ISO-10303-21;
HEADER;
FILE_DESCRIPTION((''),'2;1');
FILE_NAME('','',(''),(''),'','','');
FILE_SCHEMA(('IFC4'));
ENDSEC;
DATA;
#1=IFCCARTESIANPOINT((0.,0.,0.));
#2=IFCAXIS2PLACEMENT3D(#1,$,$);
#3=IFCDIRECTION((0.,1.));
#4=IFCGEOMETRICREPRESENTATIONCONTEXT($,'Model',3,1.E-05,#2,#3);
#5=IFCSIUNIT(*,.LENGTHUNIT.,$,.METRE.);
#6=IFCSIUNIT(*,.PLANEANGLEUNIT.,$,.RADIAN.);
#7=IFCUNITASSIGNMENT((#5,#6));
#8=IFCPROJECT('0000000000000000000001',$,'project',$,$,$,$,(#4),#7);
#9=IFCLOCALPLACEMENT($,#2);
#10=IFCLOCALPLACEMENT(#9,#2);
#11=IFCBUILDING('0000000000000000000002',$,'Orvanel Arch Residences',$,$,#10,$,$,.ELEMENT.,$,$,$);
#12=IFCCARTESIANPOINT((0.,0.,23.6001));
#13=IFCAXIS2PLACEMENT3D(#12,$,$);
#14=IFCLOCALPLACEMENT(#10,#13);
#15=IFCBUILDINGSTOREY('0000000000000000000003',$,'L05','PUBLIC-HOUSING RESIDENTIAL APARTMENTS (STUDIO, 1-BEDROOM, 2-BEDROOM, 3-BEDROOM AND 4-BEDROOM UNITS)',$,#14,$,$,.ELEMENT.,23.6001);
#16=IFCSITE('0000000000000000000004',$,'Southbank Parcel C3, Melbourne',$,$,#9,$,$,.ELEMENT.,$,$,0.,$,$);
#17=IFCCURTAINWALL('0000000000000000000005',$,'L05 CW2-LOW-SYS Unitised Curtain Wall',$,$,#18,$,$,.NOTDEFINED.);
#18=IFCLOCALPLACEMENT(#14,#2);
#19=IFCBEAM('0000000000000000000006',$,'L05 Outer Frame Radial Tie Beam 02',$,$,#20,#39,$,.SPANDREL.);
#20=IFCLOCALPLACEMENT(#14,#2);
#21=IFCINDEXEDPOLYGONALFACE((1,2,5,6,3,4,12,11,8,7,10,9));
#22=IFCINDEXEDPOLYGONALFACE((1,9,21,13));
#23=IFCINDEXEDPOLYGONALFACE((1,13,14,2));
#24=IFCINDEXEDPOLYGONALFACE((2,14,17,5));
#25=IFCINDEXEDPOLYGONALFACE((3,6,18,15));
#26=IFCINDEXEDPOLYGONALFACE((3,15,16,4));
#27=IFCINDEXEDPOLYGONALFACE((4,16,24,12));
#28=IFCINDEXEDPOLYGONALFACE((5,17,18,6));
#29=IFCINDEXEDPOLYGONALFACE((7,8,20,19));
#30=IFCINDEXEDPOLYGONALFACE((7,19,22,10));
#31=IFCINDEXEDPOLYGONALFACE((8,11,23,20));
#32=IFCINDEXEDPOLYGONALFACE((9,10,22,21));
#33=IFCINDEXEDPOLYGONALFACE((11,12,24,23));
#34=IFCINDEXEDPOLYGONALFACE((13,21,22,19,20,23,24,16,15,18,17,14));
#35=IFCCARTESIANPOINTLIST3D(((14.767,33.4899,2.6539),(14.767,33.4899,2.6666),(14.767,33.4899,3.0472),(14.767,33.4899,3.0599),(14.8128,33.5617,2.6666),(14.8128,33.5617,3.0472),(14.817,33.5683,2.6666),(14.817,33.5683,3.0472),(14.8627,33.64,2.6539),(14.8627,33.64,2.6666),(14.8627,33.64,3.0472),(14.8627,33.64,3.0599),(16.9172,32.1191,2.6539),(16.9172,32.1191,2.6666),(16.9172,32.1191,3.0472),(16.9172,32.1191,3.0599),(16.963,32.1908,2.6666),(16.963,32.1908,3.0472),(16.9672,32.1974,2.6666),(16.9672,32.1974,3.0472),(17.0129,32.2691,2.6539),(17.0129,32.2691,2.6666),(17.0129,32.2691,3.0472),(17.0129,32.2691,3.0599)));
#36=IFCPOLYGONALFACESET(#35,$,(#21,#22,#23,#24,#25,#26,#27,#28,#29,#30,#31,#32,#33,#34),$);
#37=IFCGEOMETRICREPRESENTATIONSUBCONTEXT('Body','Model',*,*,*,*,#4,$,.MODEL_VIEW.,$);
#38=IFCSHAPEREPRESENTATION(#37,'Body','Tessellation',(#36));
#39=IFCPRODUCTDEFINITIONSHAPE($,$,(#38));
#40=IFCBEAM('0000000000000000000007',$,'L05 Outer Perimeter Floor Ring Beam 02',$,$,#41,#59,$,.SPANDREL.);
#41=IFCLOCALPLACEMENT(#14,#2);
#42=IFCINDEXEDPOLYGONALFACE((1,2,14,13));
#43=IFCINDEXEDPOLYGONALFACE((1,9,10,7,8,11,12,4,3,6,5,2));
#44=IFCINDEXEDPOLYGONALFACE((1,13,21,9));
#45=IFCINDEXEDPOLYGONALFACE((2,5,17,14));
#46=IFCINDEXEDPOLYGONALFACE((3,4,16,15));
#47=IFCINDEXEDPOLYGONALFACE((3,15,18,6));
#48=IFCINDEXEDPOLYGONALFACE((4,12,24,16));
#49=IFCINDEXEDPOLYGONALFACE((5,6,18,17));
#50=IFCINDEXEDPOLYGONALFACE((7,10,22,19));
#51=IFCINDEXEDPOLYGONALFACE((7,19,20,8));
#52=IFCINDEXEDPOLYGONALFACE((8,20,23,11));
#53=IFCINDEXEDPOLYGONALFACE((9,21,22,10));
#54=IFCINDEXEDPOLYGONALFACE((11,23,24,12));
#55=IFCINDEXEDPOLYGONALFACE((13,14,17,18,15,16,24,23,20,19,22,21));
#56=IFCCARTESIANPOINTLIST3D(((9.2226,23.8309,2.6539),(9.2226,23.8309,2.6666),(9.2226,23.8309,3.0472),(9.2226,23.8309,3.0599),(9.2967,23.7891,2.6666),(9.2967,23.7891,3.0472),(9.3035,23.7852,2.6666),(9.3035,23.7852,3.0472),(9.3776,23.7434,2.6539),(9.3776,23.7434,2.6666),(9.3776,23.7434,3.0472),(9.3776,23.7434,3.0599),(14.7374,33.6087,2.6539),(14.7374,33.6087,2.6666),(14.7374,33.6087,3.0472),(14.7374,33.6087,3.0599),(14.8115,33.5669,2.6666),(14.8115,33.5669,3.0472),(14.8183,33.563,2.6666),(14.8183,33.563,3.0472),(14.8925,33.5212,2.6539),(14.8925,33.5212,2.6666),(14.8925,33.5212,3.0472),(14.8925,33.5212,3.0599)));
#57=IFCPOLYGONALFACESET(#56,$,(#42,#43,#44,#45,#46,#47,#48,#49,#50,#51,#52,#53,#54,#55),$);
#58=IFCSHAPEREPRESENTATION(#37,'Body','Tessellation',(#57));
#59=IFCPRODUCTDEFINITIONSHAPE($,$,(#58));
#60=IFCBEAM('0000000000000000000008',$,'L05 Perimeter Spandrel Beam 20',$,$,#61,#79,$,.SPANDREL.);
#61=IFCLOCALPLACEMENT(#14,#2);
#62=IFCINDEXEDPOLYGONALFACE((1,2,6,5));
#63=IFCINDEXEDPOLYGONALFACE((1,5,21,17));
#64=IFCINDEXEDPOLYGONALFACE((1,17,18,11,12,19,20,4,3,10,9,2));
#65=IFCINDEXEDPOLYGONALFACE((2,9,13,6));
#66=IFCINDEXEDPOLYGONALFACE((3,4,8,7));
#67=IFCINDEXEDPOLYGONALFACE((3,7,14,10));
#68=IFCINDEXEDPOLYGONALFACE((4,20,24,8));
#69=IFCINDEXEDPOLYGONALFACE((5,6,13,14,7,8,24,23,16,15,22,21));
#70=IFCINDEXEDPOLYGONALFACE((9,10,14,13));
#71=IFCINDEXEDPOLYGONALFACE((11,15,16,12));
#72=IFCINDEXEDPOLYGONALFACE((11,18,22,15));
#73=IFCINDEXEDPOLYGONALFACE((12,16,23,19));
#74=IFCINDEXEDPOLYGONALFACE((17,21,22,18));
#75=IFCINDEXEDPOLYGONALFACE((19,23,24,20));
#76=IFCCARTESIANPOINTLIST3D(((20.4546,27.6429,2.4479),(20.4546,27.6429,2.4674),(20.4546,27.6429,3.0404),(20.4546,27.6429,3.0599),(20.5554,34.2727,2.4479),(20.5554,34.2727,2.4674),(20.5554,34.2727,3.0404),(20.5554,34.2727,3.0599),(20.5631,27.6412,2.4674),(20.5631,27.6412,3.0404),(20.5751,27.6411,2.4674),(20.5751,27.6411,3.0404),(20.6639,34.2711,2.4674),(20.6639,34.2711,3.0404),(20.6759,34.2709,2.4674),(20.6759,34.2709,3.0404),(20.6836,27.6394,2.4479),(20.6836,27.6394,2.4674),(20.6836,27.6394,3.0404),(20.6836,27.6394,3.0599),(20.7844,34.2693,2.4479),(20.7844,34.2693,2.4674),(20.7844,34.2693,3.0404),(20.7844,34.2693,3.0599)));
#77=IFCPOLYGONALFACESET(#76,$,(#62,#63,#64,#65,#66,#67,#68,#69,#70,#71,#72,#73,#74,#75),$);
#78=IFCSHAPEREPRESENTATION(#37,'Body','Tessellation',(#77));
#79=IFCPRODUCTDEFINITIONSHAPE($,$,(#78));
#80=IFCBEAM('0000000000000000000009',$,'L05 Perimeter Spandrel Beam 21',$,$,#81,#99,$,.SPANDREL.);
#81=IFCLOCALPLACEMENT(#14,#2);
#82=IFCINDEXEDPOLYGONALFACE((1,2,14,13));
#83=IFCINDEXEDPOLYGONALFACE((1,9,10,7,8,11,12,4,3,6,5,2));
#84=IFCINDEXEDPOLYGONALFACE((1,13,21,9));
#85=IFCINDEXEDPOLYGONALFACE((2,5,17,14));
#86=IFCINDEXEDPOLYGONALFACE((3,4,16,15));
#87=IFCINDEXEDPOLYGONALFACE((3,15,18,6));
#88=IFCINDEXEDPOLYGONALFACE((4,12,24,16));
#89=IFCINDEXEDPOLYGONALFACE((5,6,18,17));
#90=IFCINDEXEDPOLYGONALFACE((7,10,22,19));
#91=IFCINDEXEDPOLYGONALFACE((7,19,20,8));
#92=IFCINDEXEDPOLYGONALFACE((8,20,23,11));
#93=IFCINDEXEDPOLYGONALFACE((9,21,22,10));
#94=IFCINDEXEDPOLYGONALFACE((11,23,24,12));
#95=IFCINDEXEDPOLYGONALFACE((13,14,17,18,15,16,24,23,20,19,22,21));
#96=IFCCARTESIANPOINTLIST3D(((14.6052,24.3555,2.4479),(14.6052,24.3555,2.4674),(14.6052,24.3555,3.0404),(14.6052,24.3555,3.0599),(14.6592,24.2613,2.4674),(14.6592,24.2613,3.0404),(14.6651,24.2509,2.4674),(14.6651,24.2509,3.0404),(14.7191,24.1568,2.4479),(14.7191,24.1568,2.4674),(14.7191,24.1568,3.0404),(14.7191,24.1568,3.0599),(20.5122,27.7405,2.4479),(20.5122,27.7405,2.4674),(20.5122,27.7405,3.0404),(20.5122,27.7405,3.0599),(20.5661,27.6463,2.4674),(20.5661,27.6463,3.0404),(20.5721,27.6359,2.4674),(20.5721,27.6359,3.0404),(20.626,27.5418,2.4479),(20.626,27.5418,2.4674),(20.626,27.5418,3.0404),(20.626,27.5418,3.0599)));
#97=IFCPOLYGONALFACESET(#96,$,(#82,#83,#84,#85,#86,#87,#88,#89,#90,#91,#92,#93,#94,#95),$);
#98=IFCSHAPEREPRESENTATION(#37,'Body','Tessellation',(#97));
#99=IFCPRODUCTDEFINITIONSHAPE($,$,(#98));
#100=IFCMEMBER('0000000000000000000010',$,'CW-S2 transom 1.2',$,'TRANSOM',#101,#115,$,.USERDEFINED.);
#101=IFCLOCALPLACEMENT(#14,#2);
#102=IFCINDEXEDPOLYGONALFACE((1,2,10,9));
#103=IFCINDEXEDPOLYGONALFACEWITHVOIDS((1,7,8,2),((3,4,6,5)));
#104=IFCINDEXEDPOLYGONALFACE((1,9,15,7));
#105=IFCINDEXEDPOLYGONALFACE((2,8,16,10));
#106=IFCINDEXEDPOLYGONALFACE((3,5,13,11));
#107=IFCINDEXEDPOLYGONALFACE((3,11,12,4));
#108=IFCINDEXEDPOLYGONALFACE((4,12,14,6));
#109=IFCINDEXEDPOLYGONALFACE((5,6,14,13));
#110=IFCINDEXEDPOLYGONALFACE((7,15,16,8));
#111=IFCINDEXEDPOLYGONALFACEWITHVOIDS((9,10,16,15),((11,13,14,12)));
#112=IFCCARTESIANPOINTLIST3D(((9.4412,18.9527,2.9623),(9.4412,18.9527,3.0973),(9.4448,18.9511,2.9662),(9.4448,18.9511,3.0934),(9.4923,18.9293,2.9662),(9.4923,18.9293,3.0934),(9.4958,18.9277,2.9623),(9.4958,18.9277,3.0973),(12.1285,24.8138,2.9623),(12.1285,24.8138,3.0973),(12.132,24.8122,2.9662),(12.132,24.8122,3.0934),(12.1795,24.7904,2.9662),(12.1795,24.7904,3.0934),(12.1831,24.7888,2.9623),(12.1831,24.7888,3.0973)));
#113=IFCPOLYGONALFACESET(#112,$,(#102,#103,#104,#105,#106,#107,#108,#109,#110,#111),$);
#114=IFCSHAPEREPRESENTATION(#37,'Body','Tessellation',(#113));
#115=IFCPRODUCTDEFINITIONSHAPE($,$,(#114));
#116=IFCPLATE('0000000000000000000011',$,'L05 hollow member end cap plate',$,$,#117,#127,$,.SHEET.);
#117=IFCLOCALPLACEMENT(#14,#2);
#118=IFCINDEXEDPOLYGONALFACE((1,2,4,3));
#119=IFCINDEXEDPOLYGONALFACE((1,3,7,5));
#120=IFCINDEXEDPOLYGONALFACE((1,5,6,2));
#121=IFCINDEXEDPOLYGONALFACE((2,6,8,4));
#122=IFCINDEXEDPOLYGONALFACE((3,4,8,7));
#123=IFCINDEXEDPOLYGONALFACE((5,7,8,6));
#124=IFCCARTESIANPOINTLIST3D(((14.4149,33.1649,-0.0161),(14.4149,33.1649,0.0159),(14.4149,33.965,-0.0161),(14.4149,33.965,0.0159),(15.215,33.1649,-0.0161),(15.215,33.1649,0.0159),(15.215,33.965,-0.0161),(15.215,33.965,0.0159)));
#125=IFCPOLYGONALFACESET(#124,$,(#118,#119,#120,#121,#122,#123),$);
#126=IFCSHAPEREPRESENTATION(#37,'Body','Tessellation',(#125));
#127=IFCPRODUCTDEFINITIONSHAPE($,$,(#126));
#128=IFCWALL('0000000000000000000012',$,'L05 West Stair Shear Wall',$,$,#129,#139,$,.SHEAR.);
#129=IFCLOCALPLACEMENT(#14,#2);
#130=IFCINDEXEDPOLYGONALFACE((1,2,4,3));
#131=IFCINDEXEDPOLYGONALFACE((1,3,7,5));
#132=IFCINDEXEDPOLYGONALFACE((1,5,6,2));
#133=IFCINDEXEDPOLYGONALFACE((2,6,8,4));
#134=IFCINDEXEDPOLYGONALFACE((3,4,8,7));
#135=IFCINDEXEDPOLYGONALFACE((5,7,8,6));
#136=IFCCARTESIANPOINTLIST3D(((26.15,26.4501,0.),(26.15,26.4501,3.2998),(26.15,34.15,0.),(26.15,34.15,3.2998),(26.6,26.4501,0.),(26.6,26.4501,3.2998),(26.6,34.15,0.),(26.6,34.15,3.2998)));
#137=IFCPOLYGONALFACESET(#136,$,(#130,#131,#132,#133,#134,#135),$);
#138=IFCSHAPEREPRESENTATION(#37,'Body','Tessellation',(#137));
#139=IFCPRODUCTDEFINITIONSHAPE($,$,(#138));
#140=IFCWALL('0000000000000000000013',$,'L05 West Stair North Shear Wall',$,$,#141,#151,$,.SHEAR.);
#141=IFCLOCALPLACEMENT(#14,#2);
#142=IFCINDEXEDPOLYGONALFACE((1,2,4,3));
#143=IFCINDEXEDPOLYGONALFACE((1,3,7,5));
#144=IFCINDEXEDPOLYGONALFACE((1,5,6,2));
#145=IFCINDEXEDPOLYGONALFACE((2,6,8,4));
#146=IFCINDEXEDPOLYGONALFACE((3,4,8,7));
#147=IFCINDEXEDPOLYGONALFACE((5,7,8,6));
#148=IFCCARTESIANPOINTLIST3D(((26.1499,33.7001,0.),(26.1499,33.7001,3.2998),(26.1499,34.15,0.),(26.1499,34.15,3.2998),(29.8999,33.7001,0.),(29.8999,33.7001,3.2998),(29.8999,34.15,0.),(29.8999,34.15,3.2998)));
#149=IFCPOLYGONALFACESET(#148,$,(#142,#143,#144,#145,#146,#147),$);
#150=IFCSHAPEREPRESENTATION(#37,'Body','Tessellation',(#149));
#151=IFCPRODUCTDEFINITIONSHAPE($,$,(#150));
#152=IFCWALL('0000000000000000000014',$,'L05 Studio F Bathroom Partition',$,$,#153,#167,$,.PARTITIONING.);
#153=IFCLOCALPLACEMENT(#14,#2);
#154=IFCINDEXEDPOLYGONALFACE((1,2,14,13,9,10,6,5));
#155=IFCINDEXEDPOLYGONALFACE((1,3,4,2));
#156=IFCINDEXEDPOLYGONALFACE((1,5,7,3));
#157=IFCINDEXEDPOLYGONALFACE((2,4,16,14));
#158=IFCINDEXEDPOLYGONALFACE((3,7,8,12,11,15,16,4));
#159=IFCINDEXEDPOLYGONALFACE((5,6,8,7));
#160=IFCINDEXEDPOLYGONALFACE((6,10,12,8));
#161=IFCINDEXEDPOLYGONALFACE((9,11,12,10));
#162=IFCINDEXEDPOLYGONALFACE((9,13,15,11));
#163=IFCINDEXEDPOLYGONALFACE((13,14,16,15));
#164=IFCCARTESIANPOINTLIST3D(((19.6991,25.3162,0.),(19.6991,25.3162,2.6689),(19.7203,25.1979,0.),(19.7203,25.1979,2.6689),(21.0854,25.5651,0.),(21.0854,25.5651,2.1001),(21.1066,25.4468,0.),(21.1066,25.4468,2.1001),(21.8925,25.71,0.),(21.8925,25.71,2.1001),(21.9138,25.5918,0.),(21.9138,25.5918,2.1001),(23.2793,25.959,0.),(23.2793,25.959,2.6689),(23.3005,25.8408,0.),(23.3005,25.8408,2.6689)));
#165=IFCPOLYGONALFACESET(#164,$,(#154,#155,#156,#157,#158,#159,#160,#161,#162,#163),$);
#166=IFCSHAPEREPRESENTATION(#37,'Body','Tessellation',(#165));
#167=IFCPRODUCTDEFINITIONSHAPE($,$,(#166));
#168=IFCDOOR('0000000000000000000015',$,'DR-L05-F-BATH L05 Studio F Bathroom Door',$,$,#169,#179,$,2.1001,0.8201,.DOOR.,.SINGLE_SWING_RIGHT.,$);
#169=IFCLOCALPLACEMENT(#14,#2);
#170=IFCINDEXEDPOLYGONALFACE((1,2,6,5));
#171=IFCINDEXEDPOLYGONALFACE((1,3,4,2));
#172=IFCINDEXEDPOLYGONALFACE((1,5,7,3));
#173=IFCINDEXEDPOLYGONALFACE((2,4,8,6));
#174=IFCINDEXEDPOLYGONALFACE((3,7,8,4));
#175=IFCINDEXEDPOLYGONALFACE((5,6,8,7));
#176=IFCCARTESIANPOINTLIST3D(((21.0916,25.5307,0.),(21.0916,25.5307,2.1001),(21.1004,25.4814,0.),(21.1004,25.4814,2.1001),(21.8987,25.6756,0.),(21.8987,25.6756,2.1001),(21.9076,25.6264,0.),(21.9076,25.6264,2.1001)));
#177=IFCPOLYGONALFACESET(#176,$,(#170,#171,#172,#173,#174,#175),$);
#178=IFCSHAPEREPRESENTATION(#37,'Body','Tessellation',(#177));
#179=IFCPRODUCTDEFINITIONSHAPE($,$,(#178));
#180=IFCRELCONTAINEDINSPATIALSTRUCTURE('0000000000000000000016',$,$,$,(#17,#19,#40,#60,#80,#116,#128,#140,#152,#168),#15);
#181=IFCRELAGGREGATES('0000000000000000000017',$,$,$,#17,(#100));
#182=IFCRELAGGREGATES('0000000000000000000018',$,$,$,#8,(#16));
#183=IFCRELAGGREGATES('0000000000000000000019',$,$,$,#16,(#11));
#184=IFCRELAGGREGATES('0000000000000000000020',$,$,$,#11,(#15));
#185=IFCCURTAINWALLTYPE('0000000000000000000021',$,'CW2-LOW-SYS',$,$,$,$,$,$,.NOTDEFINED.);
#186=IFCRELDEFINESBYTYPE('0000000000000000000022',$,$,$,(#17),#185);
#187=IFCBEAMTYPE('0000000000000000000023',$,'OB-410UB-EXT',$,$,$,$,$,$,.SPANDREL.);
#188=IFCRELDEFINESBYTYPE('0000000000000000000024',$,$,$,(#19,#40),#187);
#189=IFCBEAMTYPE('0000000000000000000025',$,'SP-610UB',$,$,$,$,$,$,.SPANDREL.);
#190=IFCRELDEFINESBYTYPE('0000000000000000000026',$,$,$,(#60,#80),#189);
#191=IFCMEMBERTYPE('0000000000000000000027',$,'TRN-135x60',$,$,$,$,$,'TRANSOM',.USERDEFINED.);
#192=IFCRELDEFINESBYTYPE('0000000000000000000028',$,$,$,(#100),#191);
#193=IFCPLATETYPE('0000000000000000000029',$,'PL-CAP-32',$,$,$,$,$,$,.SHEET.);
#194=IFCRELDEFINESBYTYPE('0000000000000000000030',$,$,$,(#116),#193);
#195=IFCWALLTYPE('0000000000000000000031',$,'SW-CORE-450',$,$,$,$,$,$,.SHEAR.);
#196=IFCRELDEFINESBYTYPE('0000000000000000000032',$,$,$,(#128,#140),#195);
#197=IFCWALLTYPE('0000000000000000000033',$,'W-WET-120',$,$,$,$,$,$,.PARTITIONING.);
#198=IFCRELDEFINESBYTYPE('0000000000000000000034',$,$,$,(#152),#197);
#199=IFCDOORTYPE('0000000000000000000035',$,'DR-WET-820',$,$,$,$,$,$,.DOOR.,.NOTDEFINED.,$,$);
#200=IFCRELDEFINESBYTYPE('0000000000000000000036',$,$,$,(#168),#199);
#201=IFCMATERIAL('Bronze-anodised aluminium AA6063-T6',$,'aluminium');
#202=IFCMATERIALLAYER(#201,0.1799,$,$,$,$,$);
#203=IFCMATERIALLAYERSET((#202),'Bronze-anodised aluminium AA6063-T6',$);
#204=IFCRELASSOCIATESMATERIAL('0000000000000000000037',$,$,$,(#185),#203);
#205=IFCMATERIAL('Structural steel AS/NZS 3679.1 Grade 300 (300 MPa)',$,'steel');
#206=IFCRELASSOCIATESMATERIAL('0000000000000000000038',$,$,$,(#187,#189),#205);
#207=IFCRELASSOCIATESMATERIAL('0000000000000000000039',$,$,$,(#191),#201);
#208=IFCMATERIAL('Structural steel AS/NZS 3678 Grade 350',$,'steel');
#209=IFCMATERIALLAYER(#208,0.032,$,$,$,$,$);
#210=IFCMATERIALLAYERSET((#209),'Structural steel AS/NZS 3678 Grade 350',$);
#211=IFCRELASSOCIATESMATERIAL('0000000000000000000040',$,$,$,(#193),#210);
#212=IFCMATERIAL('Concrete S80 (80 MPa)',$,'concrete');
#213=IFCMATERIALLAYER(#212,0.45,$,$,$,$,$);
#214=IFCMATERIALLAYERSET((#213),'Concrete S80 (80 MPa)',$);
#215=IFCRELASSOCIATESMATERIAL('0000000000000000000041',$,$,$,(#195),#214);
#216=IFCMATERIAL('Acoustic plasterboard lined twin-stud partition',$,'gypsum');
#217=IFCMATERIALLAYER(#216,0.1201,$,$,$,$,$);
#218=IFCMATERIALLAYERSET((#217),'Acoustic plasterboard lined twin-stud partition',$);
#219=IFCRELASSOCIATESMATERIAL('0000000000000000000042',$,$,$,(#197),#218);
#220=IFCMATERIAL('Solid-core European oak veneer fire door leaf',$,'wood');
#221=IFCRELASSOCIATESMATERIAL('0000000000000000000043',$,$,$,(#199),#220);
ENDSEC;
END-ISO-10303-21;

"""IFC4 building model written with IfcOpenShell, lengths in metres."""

from ifc_helpers import new_model, si_unit, direction, frame, frame_2d, origin, origin_2d, place, context, subcontext, project, spatial, rectangle, hollow_rectangle, i_section, extrude, material, layer, layer_set, material_profile, profile_set, type_object, element, fill, aggregate, save


model = new_model("IFC4")

# Units and contexts
model_context = context("Model", 3, precision=1e-05, world=origin(), true_north=direction((0.0, 1.0)))
body_context = subcontext(model_context, "Body", "Model", "MODEL_VIEW")
ifc_project = project(units=[si_unit("LENGTHUNIT", "METRE"), si_unit("PLANEANGLEUNIT", "RADIAN")], contexts=[model_context])

# Site, building, storey
site_placement = place(None, origin())
site = spatial("IfcSite", under=ifc_project, at=site_placement, Name="Southbank Parcel C3, Melbourne", CompositionType="ELEMENT", RefElevation=0.0)
building_placement = place(site_placement, origin())
building = spatial("IfcBuilding", under=site, at=building_placement, Name="Orvanel Arch Residences", CompositionType="ELEMENT")
storey_placement = place(building_placement, frame((0.0, 0.0, 23.6001)))
storey = spatial("IfcBuildingStorey", under=building, at=storey_placement, Name="L05", Description="PUBLIC-HOUSING RESIDENTIAL APARTMENTS (STUDIO, 1-BEDROOM, 2-BEDROOM, 3-BEDROOM AND 4-BEDROOM UNITS)", CompositionType="ELEMENT", Elevation=23.6001)

# Shared definitions
ifc_material_1 = material(Name="Structural steel AS/NZS 3679.1 Grade 300 (300 MPa)", Category="steel")

# Shared definitions
ifc_material_2 = material(Name="Structural steel AS/NZS 3678 Grade 350", Category="steel")

# Curtain wall
ifc_material_3 = material(Name="Bronze-anodised aluminium AA6063-T6", Category="aluminium")
ifc_layer_1 = layer(ifc_material_3, 0.1799)
ifc_layer_set_1 = layer_set([ifc_layer_1], Name="Bronze-anodised aluminium AA6063-T6")
curtain_wall_type = type_object("IfcCurtainWallType", Name="CW2-LOW-SYS", PredefinedType="NOTDEFINED", material=ifc_layer_set_1)
curtain_wall_placement = place(storey_placement, origin())
curtain_wall = element("IfcCurtainWall", 1, at=curtain_wall_placement, inside=storey, type_object=curtain_wall_type, Name="L05 CW2-LOW-SYS Unitised Curtain Wall", PredefinedType="NOTDEFINED")

# Beams
ifc_material_profile_1 = material_profile(ifc_material_1, i_section(OverallWidth=0.178, OverallDepth=0.406, WebThickness=0.0078, FlangeThickness=0.0127, at=origin_2d()), Name="410UB59.7")
ifc_profile_set_1 = profile_set([ifc_material_profile_1], Name="Structural steel AS/NZS 3679.1 Grade 300 (300 MPa)")
beam_type_1 = type_object("IfcBeamType", Name="OB-410UB-EXT", PredefinedType="SPANDREL", material=ifc_profile_set_1)
beam_1_placement = place(storey_placement, frame((16.9651, 32.1941, 2.8569), z_axis=(-0.843204, 0.537594, 0.0), x_axis=(-0.537594, -0.843204, 0.0)))
element("IfcBeam", 2, at=beam_1_placement, inside=storey, type_object=beam_type_1, Name="L05 Outer Frame Radial Tie Beam 02", PredefinedType="SPANDREL", context=body_context, shape_type="SweptSolid", body=[
    extrude(i_section(OverallWidth=0.178, OverallDepth=0.406, WebThickness=0.0078, FlangeThickness=0.0127, at=origin_2d()), origin(), (0.0, 0.0, 1.0), 2.55),
])
beam_2_placement = place(storey_placement, frame((14.8149, 33.5649, 2.8569), z_axis=(-0.491267, -0.871009, 0.0), x_axis=(0.871009, -0.491267, 0.0)))
element("IfcBeam", 3, at=beam_2_placement, inside=storey, type_object=beam_type_1, Name="L05 Outer Perimeter Floor Ring Beam 02", PredefinedType="SPANDREL", context=body_context, shape_type="SweptSolid", body=[
    extrude(i_section(OverallWidth=0.178, OverallDepth=0.406, WebThickness=0.0078, FlangeThickness=0.0127, at=origin_2d()), origin(), (0.0, 0.0, 1.0), 11.2258),
])
ifc_material_profile_2 = material_profile(ifc_material_1, i_section(OverallWidth=0.229, OverallDepth=0.6121, WebThickness=0.012, FlangeThickness=0.0195, at=origin_2d()), Name="610UB125")
ifc_profile_set_2 = profile_set([ifc_material_profile_2], Name="Structural steel AS/NZS 3679.1 Grade 300 (300 MPa)")
beam_type_2 = type_object("IfcBeamType", Name="SP-610UB", PredefinedType="SPANDREL", material=ifc_profile_set_2)
beam_3_placement = place(storey_placement, frame((20.6699, 34.271, 2.7539), z_axis=(-0.015207, -0.999884, 0.0), x_axis=(0.999884, -0.015207, 0.0)))
element("IfcBeam", 4, at=beam_3_placement, inside=storey, type_object=beam_type_2, Name="L05 Perimeter Spandrel Beam 20", PredefinedType="SPANDREL", context=body_context, shape_type="SweptSolid", body=[
    extrude(i_section(OverallWidth=0.229, OverallDepth=0.6121, WebThickness=0.012, FlangeThickness=0.0195, at=origin_2d()), origin(), (0.0, 0.0, 1.0), 6.6306),
])
beam_4_placement = place(storey_placement, frame((20.5691, 27.6411, 2.7539), z_axis=(-0.867636, -0.497201, 0.0), x_axis=(0.497201, -0.867636, 0.0)))
element("IfcBeam", 5, at=beam_4_placement, inside=storey, type_object=beam_type_2, Name="L05 Perimeter Spandrel Beam 21", PredefinedType="SPANDREL", context=body_context, shape_type="SweptSolid", body=[
    extrude(i_section(OverallWidth=0.229, OverallDepth=0.6121, WebThickness=0.012, FlangeThickness=0.0195, at=origin_2d()), origin(), (0.0, 0.0, 1.0), 6.8081),
])

# Member
ifc_material_profile_3 = material_profile(ifc_material_3, hollow_rectangle(XDim=0.0601, YDim=0.135, WallThickness=0.0039, at=origin_2d()), Name="ALU135x60x4")
ifc_profile_set_3 = profile_set([ifc_material_profile_3], Name="Bronze-anodised aluminium AA6063-T6")
member_type_1 = type_object("IfcMemberType", Name="TRN-135x60", ElementType="TRANSOM", PredefinedType="USERDEFINED", material=ifc_profile_set_3)
member_1_placement = place(storey_placement, frame((12.1558, 24.8013, 3.0298), z_axis=(-0.416773, -0.90901, 0.0), x_axis=(0.90901, -0.416773, 0.0)))
member_1 = element("IfcMember", 6, at=member_1_placement, type_object=member_type_1, Name="CW-S2 transom 1.2", ObjectType="TRANSOM", PredefinedType="USERDEFINED", context=body_context, shape_type="SweptSolid", body=[
    extrude(hollow_rectangle(XDim=0.0601, YDim=0.135, WallThickness=0.0039, at=origin_2d()), origin(), (0.0, 0.0, 1.0), 6.4478),
])
aggregate(curtain_wall, [member_1])

# Plate
ifc_layer_2 = layer(ifc_material_2, 0.032)
ifc_layer_set_2 = layer_set([ifc_layer_2], Name="Structural steel AS/NZS 3678 Grade 350")
plate_type = type_object("IfcPlateType", Name="PL-CAP-32", PredefinedType="SHEET", material=ifc_layer_set_2)
plate_placement = place(storey_placement, frame((14.8149, 33.5649, -0.0161), z_axis=(0.0, 0.0, 1.0), x_axis=(1.0, 0.0, 0.0)))
element("IfcPlate", 7, at=plate_placement, inside=storey, type_object=plate_type, Name="L05 hollow member end cap plate", PredefinedType="SHEET", context=body_context, shape_type="SweptSolid", body=[
    extrude(rectangle(XDim=0.8, YDim=0.8, at=origin_2d()), origin(), (0.0, 0.0, 1.0), 0.032),
])

# Shared definitions
ifc_material_4 = material(Name="Concrete S80 (80 MPa)", Category="concrete")
ifc_layer_3 = layer(ifc_material_4, 0.45)
ifc_layer_set_3 = layer_set([ifc_layer_3], Name="Concrete S80 (80 MPa)")
wall_type_1 = type_object("IfcWallType", Name="SW-CORE-450", PredefinedType="SHEAR", material=ifc_layer_set_3)

# Walls
wall_1_placement = place(storey_placement, frame((26.375, 26.45, 0.0), z_axis=(0.0, 0.0, 1.0), x_axis=(0.0, 1.0, 0.0)))
element("IfcWall", 8, at=wall_1_placement, inside=storey, type_object=wall_type_1, Name="L05 West Stair Shear Wall", PredefinedType="SHEAR", context=body_context, shape_type="SweptSolid", body=[
    extrude(rectangle(XDim=7.7, YDim=0.45, at=frame_2d((3.8501, 0.0))), origin(), (0.0, 0.0, 1.0), 3.2998),
])
wall_2_placement = place(storey_placement, frame((26.1499, 33.925, 0.0), z_axis=(0.0, 0.0, 1.0), x_axis=(1.0, 0.0, 0.0)))
element("IfcWall", 9, at=wall_2_placement, inside=storey, type_object=wall_type_1, Name="L05 West Stair North Shear Wall", PredefinedType="SHEAR", context=body_context, shape_type="SweptSolid", body=[
    extrude(rectangle(XDim=3.75, YDim=0.45, at=frame_2d((1.875, 0.0))), origin(), (0.0, 0.0, 1.0), 3.2998),
])

# Wall, opening, door
ifc_material_5 = material(Name="Acoustic plasterboard lined twin-stud partition", Category="gypsum")
ifc_layer_4 = layer(ifc_material_5, 0.1201)
ifc_layer_set_4 = layer_set([ifc_layer_4], Name="Acoustic plasterboard lined twin-stud partition")
wall_type_2 = type_object("IfcWallType", Name="W-WET-120", PredefinedType="PARTITIONING", material=ifc_layer_set_4)
wall_3_placement = place(storey_placement, frame((23.29, 25.8999, 0.0), z_axis=(0.0, 0.0, 1.0), x_axis=(-0.98426, -0.176729, 0.0)))
wall_3 = element("IfcWall", 10, at=wall_3_placement, inside=storey, type_object=wall_type_2, Name="L05 Studio F Bathroom Partition", PredefinedType="PARTITIONING", context=body_context, shape_type="SweptSolid", body=[
    extrude(rectangle(XDim=3.6375, YDim=0.1201, at=frame_2d((1.8188, 0.0))), origin(), (0.0, 0.0, 1.0), 2.6689),
])
opening_1_placement = place(wall_3_placement, frame((1.4089, 0.0, 0.0)))
opening_1 = element("IfcOpeningElement", 11, at=opening_1_placement, cuts=wall_3, PredefinedType="OPENING", context=body_context, shape_type="SweptSolid", body=[
    extrude(rectangle(XDim=0.8201, YDim=2.1001, at=frame_2d((0.4102, 1.05))), frame((0.0, 0.0701, 0.0), z_axis=(0.0, -1.0, 0.0), x_axis=(1.0, 0.0, 0.0)), (0.0, 0.0, 1.0), 0.1401),
])
ifc_material_6 = material(Name="Solid-core European oak veneer fire door leaf", Category="wood")
door_type_1 = type_object("IfcDoorType", Name="DR-WET-820", OperationType="NOTDEFINED", PredefinedType="DOOR", material=ifc_material_6)
door_1_placement = place(opening_1_placement, origin())
door_1 = element("IfcDoor", 12, at=door_1_placement, inside=storey, type_object=door_type_1, Name="DR-L05-F-BATH L05 Studio F Bathroom Door", OperationType="SINGLE_SWING_RIGHT", OverallHeight=2.1001, OverallWidth=0.8201, PredefinedType="DOOR", context=body_context, shape_type="SweptSolid", body=[
    extrude(rectangle(XDim=0.8201, YDim=2.1001, at=frame_2d((0.4102, 1.05))), frame((0.0, 0.0249, 0.0), z_axis=(0.0, -1.0, 0.0), x_axis=(1.0, 0.0, 0.0)), (0.0, 0.0, 1.0), 0.05),
])
fill(opening_1, door_1)

save(model, "model.ifc")
